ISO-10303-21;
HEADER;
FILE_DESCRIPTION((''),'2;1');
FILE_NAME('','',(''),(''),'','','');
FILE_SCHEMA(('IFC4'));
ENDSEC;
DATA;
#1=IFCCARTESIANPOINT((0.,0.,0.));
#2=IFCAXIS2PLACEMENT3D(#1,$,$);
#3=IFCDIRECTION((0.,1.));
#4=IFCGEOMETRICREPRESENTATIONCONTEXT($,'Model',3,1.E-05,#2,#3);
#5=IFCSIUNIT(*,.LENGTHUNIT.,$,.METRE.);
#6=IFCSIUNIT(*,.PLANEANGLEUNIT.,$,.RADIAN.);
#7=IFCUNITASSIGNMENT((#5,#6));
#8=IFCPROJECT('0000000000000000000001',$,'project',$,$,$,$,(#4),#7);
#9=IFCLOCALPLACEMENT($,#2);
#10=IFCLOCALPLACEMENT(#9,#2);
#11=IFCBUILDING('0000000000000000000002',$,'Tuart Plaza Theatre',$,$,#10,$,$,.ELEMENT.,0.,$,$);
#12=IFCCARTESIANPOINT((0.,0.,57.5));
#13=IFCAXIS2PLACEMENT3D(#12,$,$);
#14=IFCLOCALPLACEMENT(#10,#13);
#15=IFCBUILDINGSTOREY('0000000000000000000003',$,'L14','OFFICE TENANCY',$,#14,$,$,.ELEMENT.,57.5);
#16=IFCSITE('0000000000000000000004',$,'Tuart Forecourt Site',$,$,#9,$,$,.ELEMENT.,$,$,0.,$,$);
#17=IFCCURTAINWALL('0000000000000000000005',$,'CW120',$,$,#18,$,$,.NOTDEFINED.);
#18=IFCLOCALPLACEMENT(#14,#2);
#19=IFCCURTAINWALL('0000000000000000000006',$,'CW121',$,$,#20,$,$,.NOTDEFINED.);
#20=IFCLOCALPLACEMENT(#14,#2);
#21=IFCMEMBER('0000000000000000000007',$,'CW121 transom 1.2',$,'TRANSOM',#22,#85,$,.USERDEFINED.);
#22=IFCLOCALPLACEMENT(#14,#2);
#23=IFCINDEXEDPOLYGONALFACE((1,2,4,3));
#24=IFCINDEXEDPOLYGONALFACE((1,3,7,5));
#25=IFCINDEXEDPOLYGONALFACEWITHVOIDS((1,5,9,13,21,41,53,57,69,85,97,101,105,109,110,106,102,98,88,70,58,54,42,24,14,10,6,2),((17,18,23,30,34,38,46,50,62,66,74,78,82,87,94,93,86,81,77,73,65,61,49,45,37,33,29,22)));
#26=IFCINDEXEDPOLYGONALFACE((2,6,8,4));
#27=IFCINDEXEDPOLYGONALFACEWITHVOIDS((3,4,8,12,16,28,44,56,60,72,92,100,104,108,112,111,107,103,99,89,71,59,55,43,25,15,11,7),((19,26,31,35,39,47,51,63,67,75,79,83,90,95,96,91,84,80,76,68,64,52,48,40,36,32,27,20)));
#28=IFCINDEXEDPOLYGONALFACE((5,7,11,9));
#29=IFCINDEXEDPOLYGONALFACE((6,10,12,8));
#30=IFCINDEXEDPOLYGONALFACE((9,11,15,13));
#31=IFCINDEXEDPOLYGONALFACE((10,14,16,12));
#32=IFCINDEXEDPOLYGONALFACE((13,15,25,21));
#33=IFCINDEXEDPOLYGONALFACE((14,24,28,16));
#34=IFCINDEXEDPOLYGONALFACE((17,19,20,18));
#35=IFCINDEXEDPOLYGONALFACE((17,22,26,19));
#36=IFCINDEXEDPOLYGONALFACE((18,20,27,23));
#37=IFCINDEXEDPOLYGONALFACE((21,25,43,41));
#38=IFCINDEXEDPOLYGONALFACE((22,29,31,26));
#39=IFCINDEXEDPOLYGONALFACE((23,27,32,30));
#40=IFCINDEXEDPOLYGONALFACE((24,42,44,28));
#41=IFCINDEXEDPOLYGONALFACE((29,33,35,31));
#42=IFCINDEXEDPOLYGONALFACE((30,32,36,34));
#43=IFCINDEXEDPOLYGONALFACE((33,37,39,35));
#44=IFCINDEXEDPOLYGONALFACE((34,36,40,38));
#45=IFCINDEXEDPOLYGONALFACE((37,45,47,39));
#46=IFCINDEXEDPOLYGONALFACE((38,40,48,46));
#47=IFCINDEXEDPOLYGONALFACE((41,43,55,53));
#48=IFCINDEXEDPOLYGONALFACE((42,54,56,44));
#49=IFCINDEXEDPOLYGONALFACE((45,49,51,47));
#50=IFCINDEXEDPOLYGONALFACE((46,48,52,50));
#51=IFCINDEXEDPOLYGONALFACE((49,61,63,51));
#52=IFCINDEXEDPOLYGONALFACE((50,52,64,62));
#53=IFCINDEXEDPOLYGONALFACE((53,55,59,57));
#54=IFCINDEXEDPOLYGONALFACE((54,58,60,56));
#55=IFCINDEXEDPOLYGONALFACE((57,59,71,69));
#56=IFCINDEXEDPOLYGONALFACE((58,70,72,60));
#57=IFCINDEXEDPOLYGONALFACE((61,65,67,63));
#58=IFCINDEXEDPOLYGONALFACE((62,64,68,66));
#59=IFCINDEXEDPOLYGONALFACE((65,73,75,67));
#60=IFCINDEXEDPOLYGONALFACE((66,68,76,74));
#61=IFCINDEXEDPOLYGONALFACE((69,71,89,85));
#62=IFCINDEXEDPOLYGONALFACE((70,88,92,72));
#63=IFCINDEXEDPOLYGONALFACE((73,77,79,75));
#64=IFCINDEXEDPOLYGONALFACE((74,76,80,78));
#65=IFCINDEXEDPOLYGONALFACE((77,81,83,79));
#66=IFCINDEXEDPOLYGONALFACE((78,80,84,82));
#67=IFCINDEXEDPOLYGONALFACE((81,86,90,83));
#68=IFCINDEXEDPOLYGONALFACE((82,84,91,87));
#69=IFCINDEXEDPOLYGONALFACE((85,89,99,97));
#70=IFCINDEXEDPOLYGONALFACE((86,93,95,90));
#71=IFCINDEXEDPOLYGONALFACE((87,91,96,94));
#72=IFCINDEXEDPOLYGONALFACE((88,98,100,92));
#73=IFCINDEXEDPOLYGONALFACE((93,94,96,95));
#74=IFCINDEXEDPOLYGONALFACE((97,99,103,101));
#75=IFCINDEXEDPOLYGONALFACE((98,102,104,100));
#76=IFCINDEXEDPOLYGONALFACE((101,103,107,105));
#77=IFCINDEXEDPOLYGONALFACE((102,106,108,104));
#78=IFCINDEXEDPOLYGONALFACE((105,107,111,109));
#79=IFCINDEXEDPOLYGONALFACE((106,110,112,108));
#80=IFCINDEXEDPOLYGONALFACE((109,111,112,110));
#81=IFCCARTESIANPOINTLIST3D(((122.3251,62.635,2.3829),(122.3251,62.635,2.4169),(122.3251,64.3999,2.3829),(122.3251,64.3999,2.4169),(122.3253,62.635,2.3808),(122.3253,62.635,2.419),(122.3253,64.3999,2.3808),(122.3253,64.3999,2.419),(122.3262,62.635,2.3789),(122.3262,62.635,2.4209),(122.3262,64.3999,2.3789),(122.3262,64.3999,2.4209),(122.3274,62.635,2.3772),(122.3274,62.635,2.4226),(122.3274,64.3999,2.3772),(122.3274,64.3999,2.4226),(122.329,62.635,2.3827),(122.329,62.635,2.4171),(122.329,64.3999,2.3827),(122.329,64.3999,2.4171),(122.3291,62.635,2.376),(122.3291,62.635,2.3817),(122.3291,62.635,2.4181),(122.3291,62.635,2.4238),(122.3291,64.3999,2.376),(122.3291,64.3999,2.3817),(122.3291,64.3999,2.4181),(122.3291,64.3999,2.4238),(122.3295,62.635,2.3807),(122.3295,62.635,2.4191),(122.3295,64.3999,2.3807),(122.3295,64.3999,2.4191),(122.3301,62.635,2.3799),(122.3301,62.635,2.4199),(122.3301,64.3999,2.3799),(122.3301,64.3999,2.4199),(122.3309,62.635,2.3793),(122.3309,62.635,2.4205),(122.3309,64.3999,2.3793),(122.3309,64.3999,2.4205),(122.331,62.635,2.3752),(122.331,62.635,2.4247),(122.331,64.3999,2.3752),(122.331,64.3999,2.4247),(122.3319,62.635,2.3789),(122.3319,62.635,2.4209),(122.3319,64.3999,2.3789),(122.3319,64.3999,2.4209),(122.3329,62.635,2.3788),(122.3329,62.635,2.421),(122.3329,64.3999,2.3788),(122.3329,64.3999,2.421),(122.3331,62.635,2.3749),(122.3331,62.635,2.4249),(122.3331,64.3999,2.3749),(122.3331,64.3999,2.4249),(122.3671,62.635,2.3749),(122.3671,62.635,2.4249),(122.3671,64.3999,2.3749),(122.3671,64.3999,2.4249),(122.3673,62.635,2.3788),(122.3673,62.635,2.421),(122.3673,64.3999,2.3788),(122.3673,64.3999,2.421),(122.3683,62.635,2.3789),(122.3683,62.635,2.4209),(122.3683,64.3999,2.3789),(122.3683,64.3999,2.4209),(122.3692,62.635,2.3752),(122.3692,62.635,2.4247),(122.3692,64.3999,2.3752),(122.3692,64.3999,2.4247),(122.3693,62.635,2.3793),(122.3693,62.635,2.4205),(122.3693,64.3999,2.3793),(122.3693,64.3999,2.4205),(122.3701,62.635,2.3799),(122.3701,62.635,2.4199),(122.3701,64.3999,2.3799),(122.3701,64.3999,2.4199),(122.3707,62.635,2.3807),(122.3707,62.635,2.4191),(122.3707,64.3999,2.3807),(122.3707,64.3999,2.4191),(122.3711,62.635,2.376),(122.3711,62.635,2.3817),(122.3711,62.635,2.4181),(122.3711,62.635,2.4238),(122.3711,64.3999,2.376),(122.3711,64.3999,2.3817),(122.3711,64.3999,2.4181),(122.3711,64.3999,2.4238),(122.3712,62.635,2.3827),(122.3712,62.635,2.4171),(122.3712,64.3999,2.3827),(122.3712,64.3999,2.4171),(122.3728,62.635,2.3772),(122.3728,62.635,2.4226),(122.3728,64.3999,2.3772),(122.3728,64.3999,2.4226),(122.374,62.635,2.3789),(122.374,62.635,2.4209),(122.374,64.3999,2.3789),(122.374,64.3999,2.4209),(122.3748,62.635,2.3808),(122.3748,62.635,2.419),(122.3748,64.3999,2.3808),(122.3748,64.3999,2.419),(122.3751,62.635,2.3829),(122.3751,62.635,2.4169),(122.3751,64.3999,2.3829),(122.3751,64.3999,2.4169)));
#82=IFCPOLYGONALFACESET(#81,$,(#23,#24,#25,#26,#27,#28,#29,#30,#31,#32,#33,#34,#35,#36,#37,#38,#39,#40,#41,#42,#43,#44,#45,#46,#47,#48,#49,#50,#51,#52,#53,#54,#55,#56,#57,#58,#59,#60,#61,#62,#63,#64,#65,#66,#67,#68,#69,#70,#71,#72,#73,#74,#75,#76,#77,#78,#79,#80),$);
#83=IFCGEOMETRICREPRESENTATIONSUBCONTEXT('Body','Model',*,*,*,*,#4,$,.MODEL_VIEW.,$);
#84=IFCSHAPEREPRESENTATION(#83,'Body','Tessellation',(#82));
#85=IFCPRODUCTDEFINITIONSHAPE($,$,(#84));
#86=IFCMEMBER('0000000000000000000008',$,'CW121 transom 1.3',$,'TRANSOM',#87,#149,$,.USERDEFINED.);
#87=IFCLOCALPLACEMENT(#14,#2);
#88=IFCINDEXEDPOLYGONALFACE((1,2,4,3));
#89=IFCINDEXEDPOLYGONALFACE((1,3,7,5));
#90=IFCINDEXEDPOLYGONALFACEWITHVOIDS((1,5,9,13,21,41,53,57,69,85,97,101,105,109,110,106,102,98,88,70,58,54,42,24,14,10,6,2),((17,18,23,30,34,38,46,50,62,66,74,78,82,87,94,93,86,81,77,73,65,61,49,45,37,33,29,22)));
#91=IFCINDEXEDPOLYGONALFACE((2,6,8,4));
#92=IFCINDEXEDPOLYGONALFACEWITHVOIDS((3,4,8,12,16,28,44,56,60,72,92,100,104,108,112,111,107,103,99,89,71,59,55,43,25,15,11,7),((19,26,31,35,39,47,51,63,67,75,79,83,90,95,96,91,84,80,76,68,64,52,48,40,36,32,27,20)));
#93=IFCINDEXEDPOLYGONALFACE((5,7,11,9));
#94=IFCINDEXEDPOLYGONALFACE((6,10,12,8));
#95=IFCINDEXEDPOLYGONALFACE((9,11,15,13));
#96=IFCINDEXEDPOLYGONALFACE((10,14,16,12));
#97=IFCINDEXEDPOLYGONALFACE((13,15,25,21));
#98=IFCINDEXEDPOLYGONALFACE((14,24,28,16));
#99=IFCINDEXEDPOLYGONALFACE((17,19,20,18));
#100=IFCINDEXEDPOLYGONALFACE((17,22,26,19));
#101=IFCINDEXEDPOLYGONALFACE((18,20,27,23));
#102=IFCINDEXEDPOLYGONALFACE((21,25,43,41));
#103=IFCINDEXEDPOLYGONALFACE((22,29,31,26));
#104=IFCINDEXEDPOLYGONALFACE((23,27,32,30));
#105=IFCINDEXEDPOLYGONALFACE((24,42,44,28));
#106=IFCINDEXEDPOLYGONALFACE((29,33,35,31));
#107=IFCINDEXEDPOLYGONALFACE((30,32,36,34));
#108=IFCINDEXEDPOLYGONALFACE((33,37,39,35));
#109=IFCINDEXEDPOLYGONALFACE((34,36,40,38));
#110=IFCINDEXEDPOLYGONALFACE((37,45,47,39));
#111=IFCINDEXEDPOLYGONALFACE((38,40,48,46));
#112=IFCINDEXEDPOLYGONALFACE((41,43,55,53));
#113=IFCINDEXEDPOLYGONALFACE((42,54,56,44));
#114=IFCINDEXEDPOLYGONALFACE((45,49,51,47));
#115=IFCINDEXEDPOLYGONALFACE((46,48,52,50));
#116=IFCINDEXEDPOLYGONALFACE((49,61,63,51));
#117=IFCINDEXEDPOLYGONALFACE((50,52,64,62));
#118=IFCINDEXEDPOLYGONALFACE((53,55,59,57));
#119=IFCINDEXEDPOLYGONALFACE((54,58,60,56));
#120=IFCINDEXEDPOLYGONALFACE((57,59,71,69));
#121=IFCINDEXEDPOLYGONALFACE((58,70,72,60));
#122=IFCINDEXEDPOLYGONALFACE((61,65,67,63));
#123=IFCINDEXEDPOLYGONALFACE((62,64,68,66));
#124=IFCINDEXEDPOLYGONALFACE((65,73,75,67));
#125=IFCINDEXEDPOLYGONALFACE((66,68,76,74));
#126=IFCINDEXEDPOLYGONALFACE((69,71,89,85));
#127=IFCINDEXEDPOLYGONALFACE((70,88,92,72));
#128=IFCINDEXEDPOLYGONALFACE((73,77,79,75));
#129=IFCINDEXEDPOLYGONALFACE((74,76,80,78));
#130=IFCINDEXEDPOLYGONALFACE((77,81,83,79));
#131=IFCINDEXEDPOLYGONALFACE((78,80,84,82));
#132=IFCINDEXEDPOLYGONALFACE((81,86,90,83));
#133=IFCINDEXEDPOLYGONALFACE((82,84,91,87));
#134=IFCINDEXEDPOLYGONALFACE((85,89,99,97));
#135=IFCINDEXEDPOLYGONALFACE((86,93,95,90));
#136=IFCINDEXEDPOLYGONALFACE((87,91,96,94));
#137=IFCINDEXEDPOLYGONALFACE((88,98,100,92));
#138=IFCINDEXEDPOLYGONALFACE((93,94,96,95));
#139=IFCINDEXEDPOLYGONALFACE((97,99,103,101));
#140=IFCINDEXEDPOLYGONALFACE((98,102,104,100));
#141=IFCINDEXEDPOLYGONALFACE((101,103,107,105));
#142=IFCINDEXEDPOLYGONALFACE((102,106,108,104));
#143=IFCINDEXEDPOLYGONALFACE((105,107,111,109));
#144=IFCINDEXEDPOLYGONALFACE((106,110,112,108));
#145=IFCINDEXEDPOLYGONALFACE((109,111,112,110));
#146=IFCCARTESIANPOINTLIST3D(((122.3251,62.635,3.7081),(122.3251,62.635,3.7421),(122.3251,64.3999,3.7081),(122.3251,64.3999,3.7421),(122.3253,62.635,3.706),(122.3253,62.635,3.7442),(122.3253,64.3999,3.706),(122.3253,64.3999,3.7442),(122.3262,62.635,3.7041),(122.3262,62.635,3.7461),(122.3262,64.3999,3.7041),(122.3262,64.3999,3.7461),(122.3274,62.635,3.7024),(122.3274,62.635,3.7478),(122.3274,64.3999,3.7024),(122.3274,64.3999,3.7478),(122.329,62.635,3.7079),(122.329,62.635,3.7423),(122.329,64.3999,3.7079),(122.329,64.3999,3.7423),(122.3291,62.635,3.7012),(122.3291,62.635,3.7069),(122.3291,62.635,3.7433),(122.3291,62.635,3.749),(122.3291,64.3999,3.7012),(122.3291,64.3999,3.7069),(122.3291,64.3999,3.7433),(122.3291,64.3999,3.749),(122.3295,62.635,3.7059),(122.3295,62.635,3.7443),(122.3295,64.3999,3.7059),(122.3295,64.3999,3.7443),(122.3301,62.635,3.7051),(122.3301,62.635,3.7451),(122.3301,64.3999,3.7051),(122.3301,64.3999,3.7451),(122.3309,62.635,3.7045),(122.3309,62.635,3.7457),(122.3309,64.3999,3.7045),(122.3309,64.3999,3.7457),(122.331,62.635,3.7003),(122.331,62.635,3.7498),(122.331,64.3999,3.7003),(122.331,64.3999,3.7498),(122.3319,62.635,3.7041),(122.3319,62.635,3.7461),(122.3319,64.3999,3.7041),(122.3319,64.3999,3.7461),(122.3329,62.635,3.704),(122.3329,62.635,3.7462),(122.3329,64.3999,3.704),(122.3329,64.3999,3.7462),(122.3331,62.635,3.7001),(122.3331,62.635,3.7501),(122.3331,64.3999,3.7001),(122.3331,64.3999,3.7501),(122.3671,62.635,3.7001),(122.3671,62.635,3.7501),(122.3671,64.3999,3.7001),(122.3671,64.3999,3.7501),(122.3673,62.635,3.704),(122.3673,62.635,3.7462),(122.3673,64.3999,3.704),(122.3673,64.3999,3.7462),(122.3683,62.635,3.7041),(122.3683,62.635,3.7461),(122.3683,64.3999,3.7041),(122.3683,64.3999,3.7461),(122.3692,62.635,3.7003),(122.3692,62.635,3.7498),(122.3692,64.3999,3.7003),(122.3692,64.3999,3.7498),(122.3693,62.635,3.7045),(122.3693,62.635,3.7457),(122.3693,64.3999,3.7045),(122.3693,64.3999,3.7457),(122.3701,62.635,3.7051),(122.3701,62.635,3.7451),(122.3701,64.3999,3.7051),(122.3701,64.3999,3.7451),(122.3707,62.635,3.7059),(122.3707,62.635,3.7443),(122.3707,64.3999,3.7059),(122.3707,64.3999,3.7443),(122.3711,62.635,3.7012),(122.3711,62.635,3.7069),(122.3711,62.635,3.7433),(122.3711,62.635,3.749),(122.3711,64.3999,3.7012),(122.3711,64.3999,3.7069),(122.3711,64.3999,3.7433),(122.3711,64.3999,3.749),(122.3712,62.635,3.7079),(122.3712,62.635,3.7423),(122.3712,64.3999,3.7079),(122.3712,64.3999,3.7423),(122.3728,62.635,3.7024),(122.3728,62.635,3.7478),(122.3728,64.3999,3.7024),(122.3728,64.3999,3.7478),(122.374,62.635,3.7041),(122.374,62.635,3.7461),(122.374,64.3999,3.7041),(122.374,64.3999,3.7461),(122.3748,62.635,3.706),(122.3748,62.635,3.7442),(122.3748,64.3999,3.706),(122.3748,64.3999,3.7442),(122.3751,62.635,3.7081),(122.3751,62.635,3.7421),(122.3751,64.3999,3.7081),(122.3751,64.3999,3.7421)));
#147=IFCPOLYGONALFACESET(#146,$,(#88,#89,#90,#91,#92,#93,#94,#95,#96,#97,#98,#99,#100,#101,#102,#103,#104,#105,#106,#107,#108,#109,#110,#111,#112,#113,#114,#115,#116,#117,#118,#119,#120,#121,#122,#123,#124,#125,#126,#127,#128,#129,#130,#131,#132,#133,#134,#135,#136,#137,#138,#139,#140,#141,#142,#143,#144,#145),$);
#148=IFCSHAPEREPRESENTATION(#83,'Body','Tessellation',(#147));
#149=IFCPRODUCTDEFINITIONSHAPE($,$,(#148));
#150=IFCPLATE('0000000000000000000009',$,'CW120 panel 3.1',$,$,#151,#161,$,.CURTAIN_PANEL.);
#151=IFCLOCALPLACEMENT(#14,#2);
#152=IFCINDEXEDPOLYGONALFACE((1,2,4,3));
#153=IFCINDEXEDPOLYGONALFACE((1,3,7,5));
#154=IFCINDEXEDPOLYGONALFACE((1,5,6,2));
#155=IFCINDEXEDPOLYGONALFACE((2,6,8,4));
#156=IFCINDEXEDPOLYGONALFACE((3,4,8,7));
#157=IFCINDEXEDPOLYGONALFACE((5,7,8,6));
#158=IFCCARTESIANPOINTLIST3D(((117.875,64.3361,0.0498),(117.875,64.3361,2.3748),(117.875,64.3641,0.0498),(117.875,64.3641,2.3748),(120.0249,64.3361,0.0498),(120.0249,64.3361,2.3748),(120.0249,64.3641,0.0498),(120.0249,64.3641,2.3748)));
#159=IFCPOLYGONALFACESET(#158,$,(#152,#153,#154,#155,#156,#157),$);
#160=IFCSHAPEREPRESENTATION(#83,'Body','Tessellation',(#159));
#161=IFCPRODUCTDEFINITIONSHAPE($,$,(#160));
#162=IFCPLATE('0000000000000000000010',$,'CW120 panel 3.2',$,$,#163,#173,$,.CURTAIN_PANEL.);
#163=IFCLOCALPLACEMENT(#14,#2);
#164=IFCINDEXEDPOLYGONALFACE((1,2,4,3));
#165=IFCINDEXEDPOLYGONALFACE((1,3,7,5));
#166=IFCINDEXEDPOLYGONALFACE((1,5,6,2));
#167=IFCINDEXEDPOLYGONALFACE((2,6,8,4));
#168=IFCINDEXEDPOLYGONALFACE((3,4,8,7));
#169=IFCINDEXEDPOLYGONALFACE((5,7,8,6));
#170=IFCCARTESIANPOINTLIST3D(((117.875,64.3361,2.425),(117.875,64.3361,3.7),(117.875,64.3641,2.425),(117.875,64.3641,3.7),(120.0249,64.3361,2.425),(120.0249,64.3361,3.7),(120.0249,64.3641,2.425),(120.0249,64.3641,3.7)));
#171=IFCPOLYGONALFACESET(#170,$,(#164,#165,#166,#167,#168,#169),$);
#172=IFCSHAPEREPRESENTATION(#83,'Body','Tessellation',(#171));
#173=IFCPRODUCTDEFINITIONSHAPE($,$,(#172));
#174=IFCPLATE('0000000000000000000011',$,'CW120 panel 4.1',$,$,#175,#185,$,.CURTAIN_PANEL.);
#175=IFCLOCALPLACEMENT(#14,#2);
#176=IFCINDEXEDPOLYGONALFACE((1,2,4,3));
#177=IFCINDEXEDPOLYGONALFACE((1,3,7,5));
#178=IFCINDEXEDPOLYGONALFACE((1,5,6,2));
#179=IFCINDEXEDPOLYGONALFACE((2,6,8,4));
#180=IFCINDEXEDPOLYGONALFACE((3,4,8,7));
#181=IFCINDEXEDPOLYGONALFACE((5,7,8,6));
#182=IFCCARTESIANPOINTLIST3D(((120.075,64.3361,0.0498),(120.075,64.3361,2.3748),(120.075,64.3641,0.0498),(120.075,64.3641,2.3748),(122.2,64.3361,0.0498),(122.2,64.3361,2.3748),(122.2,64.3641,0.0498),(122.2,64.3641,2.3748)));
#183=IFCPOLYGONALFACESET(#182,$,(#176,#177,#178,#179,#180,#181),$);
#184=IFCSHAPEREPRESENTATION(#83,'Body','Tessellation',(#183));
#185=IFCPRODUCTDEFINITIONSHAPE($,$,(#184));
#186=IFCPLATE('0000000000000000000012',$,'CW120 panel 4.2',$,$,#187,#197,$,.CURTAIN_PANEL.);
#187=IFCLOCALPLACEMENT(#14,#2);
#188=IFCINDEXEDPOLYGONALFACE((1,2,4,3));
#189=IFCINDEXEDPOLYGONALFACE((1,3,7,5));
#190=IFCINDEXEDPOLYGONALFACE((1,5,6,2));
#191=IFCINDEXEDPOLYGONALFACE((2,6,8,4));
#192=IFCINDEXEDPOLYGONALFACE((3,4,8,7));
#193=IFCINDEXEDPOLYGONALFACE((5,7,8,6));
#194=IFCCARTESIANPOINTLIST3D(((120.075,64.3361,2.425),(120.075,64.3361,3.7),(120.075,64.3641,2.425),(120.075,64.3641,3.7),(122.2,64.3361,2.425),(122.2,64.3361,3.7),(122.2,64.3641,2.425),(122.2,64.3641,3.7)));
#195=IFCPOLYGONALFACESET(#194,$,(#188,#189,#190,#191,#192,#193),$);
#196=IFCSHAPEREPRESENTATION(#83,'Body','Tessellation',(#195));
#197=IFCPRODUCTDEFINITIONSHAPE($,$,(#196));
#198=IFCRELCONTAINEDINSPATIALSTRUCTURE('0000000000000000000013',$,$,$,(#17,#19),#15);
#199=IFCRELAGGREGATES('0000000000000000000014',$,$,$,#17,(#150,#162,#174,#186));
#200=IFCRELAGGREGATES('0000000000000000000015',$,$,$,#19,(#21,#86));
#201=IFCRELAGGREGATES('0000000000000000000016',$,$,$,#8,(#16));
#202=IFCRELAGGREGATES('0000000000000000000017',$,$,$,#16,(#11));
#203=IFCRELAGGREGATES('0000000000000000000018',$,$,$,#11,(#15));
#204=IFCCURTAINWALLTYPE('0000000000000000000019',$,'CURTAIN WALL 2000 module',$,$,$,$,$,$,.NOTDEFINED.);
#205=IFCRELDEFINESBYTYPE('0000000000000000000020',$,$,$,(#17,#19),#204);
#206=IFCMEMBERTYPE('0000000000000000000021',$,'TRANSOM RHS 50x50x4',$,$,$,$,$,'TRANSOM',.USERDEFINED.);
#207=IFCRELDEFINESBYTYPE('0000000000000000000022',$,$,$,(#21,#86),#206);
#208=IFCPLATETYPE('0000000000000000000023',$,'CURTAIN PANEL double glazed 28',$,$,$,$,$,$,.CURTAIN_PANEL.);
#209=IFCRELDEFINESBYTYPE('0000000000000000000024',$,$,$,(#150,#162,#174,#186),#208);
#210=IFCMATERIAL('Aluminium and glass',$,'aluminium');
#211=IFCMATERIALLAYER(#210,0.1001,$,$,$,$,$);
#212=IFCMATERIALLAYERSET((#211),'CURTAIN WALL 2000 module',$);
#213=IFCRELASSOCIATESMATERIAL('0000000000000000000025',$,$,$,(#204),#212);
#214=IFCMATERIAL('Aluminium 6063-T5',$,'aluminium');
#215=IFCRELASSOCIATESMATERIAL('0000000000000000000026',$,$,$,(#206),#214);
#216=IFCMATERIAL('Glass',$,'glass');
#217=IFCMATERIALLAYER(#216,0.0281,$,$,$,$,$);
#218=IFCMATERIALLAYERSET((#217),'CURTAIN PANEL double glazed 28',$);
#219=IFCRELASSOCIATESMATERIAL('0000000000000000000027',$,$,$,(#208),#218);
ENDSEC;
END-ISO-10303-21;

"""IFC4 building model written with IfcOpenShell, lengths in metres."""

from ifc_helpers import new_model, si_unit, direction, frame, origin, origin_2d, place, context, subcontext, project, spatial, rectangle, hollow_rectangle, extrude, material, layer, layer_set, material_profile, profile_set, type_object, element, aggregate, save


model = new_model("IFC4")

# Units and contexts
model_context = context("Model", 3, precision=1e-05, world=origin(), true_north=direction((0.0, 1.0)))
body_context = subcontext(model_context, "Body", "Model", "MODEL_VIEW")
ifc_project = project(units=[si_unit("LENGTHUNIT", "METRE"), si_unit("PLANEANGLEUNIT", "RADIAN")], contexts=[model_context])

# Site, building, storey
site_placement = place(None, origin())
site = spatial("IfcSite", under=ifc_project, at=site_placement, Name="Tuart Forecourt Site", CompositionType="ELEMENT", RefElevation=0.0)
building_placement = place(site_placement, origin())
building = spatial("IfcBuilding", under=site, at=building_placement, Name="Tuart Plaza Theatre", CompositionType="ELEMENT", ElevationOfRefHeight=0.0)
storey_placement = place(building_placement, frame((0.0, 0.0, 57.5)))
storey = spatial("IfcBuildingStorey", under=building, at=storey_placement, Name="L14", Description="OFFICE TENANCY", CompositionType="ELEMENT", Elevation=57.5)

# Curtain wall
ifc_material_1 = material(Name="Aluminium and glass", Category="aluminium")
ifc_layer_1 = layer(ifc_material_1, 0.1001)
ifc_layer_set_1 = layer_set([ifc_layer_1], Name="CURTAIN WALL 2000 module")
curtain_wall_type = type_object("IfcCurtainWallType", Name="CURTAIN WALL 2000 module", PredefinedType="NOTDEFINED", material=ifc_layer_set_1)
curtain_wall_1_placement = place(storey_placement, origin())
curtain_wall_1 = element("IfcCurtainWall", 1, at=curtain_wall_1_placement, inside=storey, type_object=curtain_wall_type, Name="CW120", PredefinedType="NOTDEFINED")

# Curtain wall
curtain_wall_2_placement = place(storey_placement, origin())
curtain_wall_2 = element("IfcCurtainWall", 2, at=curtain_wall_2_placement, inside=storey, type_object=curtain_wall_type, Name="CW121", PredefinedType="NOTDEFINED")

# Members
ifc_material_2 = material(Name="Aluminium 6063-T5", Category="aluminium")
ifc_material_profile_1 = material_profile(ifc_material_2, hollow_rectangle(XDim=0.05, YDim=0.05, WallThickness=0.0039, InnerFilletRadius=0.0039, OuterFilletRadius=0.0081, at=origin_2d()), Name="RHS 50x50x4")
ifc_profile_set_1 = profile_set([ifc_material_profile_1], Name="Aluminium 6063-T5")
member_type_1 = type_object("IfcMemberType", Name="TRANSOM RHS 50x50x4", ElementType="TRANSOM", PredefinedType="USERDEFINED", material=ifc_profile_set_1)
member_1_placement = place(storey_placement, frame((122.3501, 64.3999, 2.3999), z_axis=(0.0, -1.0, 0.0), x_axis=(1.0, 0.0, 0.0)))
member_1 = element("IfcMember", 3, at=member_1_placement, type_object=member_type_1, Name="CW121 transom 1.2", ObjectType="TRANSOM", PredefinedType="USERDEFINED", context=body_context, shape_type="SweptSolid", body=[
    extrude(hollow_rectangle(XDim=0.05, YDim=0.05, WallThickness=0.0039, InnerFilletRadius=0.0039, OuterFilletRadius=0.0081, at=origin_2d()), origin(), (0.0, 0.0, 1.0), 1.7649),
])
member_2_placement = place(storey_placement, frame((122.3501, 64.3999, 3.7251), z_axis=(0.0, -1.0, 0.0), x_axis=(1.0, 0.0, 0.0)))
member_2 = element("IfcMember", 4, at=member_2_placement, type_object=member_type_1, Name="CW121 transom 1.3", ObjectType="TRANSOM", PredefinedType="USERDEFINED", context=body_context, shape_type="SweptSolid", body=[
    extrude(hollow_rectangle(XDim=0.05, YDim=0.05, WallThickness=0.0039, InnerFilletRadius=0.0039, OuterFilletRadius=0.0081, at=origin_2d()), origin(), (0.0, 0.0, 1.0), 1.7649),
])

# Plates
ifc_material_3 = material(Name="Glass", Category="glass")
ifc_layer_2 = layer(ifc_material_3, 0.0281)
ifc_layer_set_2 = layer_set([ifc_layer_2], Name="CURTAIN PANEL double glazed 28")
plate_type = type_object("IfcPlateType", Name="CURTAIN PANEL double glazed 28", PredefinedType="CURTAIN_PANEL", material=ifc_layer_set_2)
plate_1_placement = place(storey_placement, frame((118.95, 64.3501, 0.0498), z_axis=(0.0, 0.0, 1.0), x_axis=(1.0, 0.0, 0.0)))
plate_1 = element("IfcPlate", 5, at=plate_1_placement, type_object=plate_type, Name="CW120 panel 3.1", PredefinedType="CURTAIN_PANEL", context=body_context, shape_type="SweptSolid", body=[
    extrude(rectangle(XDim=2.1499, YDim=0.0281, at=origin_2d()), origin(), (0.0, 0.0, 1.0), 2.325),
])
plate_2_placement = place(storey_placement, frame((118.95, 64.3501, 2.425), z_axis=(0.0, 0.0, 1.0), x_axis=(1.0, 0.0, 0.0)))
plate_2 = element("IfcPlate", 6, at=plate_2_placement, type_object=plate_type, Name="CW120 panel 3.2", PredefinedType="CURTAIN_PANEL", context=body_context, shape_type="SweptSolid", body=[
    extrude(rectangle(XDim=2.1499, YDim=0.0281, at=origin_2d()), origin(), (0.0, 0.0, 1.0), 1.2749),
])
plate_3_placement = place(storey_placement, frame((121.1375, 64.3501, 0.0498), z_axis=(0.0, 0.0, 1.0), x_axis=(1.0, 0.0, 0.0)))
plate_3 = element("IfcPlate", 7, at=plate_3_placement, type_object=plate_type, Name="CW120 panel 4.1", PredefinedType="CURTAIN_PANEL", context=body_context, shape_type="SweptSolid", body=[
    extrude(rectangle(XDim=2.125, YDim=0.0281, at=origin_2d()), origin(), (0.0, 0.0, 1.0), 2.325),
])
plate_4_placement = place(storey_placement, frame((121.1375, 64.3501, 2.425), z_axis=(0.0, 0.0, 1.0), x_axis=(1.0, 0.0, 0.0)))
plate_4 = element("IfcPlate", 8, at=plate_4_placement, type_object=plate_type, Name="CW120 panel 4.2", PredefinedType="CURTAIN_PANEL", context=body_context, shape_type="SweptSolid", body=[
    extrude(rectangle(XDim=2.125, YDim=0.0281, at=origin_2d()), origin(), (0.0, 0.0, 1.0), 1.2749),
])
aggregate(curtain_wall_1, [plate_1, plate_2, plate_3, plate_4])
aggregate(curtain_wall_2, [member_1, member_2])

save(model, "model.ifc")
